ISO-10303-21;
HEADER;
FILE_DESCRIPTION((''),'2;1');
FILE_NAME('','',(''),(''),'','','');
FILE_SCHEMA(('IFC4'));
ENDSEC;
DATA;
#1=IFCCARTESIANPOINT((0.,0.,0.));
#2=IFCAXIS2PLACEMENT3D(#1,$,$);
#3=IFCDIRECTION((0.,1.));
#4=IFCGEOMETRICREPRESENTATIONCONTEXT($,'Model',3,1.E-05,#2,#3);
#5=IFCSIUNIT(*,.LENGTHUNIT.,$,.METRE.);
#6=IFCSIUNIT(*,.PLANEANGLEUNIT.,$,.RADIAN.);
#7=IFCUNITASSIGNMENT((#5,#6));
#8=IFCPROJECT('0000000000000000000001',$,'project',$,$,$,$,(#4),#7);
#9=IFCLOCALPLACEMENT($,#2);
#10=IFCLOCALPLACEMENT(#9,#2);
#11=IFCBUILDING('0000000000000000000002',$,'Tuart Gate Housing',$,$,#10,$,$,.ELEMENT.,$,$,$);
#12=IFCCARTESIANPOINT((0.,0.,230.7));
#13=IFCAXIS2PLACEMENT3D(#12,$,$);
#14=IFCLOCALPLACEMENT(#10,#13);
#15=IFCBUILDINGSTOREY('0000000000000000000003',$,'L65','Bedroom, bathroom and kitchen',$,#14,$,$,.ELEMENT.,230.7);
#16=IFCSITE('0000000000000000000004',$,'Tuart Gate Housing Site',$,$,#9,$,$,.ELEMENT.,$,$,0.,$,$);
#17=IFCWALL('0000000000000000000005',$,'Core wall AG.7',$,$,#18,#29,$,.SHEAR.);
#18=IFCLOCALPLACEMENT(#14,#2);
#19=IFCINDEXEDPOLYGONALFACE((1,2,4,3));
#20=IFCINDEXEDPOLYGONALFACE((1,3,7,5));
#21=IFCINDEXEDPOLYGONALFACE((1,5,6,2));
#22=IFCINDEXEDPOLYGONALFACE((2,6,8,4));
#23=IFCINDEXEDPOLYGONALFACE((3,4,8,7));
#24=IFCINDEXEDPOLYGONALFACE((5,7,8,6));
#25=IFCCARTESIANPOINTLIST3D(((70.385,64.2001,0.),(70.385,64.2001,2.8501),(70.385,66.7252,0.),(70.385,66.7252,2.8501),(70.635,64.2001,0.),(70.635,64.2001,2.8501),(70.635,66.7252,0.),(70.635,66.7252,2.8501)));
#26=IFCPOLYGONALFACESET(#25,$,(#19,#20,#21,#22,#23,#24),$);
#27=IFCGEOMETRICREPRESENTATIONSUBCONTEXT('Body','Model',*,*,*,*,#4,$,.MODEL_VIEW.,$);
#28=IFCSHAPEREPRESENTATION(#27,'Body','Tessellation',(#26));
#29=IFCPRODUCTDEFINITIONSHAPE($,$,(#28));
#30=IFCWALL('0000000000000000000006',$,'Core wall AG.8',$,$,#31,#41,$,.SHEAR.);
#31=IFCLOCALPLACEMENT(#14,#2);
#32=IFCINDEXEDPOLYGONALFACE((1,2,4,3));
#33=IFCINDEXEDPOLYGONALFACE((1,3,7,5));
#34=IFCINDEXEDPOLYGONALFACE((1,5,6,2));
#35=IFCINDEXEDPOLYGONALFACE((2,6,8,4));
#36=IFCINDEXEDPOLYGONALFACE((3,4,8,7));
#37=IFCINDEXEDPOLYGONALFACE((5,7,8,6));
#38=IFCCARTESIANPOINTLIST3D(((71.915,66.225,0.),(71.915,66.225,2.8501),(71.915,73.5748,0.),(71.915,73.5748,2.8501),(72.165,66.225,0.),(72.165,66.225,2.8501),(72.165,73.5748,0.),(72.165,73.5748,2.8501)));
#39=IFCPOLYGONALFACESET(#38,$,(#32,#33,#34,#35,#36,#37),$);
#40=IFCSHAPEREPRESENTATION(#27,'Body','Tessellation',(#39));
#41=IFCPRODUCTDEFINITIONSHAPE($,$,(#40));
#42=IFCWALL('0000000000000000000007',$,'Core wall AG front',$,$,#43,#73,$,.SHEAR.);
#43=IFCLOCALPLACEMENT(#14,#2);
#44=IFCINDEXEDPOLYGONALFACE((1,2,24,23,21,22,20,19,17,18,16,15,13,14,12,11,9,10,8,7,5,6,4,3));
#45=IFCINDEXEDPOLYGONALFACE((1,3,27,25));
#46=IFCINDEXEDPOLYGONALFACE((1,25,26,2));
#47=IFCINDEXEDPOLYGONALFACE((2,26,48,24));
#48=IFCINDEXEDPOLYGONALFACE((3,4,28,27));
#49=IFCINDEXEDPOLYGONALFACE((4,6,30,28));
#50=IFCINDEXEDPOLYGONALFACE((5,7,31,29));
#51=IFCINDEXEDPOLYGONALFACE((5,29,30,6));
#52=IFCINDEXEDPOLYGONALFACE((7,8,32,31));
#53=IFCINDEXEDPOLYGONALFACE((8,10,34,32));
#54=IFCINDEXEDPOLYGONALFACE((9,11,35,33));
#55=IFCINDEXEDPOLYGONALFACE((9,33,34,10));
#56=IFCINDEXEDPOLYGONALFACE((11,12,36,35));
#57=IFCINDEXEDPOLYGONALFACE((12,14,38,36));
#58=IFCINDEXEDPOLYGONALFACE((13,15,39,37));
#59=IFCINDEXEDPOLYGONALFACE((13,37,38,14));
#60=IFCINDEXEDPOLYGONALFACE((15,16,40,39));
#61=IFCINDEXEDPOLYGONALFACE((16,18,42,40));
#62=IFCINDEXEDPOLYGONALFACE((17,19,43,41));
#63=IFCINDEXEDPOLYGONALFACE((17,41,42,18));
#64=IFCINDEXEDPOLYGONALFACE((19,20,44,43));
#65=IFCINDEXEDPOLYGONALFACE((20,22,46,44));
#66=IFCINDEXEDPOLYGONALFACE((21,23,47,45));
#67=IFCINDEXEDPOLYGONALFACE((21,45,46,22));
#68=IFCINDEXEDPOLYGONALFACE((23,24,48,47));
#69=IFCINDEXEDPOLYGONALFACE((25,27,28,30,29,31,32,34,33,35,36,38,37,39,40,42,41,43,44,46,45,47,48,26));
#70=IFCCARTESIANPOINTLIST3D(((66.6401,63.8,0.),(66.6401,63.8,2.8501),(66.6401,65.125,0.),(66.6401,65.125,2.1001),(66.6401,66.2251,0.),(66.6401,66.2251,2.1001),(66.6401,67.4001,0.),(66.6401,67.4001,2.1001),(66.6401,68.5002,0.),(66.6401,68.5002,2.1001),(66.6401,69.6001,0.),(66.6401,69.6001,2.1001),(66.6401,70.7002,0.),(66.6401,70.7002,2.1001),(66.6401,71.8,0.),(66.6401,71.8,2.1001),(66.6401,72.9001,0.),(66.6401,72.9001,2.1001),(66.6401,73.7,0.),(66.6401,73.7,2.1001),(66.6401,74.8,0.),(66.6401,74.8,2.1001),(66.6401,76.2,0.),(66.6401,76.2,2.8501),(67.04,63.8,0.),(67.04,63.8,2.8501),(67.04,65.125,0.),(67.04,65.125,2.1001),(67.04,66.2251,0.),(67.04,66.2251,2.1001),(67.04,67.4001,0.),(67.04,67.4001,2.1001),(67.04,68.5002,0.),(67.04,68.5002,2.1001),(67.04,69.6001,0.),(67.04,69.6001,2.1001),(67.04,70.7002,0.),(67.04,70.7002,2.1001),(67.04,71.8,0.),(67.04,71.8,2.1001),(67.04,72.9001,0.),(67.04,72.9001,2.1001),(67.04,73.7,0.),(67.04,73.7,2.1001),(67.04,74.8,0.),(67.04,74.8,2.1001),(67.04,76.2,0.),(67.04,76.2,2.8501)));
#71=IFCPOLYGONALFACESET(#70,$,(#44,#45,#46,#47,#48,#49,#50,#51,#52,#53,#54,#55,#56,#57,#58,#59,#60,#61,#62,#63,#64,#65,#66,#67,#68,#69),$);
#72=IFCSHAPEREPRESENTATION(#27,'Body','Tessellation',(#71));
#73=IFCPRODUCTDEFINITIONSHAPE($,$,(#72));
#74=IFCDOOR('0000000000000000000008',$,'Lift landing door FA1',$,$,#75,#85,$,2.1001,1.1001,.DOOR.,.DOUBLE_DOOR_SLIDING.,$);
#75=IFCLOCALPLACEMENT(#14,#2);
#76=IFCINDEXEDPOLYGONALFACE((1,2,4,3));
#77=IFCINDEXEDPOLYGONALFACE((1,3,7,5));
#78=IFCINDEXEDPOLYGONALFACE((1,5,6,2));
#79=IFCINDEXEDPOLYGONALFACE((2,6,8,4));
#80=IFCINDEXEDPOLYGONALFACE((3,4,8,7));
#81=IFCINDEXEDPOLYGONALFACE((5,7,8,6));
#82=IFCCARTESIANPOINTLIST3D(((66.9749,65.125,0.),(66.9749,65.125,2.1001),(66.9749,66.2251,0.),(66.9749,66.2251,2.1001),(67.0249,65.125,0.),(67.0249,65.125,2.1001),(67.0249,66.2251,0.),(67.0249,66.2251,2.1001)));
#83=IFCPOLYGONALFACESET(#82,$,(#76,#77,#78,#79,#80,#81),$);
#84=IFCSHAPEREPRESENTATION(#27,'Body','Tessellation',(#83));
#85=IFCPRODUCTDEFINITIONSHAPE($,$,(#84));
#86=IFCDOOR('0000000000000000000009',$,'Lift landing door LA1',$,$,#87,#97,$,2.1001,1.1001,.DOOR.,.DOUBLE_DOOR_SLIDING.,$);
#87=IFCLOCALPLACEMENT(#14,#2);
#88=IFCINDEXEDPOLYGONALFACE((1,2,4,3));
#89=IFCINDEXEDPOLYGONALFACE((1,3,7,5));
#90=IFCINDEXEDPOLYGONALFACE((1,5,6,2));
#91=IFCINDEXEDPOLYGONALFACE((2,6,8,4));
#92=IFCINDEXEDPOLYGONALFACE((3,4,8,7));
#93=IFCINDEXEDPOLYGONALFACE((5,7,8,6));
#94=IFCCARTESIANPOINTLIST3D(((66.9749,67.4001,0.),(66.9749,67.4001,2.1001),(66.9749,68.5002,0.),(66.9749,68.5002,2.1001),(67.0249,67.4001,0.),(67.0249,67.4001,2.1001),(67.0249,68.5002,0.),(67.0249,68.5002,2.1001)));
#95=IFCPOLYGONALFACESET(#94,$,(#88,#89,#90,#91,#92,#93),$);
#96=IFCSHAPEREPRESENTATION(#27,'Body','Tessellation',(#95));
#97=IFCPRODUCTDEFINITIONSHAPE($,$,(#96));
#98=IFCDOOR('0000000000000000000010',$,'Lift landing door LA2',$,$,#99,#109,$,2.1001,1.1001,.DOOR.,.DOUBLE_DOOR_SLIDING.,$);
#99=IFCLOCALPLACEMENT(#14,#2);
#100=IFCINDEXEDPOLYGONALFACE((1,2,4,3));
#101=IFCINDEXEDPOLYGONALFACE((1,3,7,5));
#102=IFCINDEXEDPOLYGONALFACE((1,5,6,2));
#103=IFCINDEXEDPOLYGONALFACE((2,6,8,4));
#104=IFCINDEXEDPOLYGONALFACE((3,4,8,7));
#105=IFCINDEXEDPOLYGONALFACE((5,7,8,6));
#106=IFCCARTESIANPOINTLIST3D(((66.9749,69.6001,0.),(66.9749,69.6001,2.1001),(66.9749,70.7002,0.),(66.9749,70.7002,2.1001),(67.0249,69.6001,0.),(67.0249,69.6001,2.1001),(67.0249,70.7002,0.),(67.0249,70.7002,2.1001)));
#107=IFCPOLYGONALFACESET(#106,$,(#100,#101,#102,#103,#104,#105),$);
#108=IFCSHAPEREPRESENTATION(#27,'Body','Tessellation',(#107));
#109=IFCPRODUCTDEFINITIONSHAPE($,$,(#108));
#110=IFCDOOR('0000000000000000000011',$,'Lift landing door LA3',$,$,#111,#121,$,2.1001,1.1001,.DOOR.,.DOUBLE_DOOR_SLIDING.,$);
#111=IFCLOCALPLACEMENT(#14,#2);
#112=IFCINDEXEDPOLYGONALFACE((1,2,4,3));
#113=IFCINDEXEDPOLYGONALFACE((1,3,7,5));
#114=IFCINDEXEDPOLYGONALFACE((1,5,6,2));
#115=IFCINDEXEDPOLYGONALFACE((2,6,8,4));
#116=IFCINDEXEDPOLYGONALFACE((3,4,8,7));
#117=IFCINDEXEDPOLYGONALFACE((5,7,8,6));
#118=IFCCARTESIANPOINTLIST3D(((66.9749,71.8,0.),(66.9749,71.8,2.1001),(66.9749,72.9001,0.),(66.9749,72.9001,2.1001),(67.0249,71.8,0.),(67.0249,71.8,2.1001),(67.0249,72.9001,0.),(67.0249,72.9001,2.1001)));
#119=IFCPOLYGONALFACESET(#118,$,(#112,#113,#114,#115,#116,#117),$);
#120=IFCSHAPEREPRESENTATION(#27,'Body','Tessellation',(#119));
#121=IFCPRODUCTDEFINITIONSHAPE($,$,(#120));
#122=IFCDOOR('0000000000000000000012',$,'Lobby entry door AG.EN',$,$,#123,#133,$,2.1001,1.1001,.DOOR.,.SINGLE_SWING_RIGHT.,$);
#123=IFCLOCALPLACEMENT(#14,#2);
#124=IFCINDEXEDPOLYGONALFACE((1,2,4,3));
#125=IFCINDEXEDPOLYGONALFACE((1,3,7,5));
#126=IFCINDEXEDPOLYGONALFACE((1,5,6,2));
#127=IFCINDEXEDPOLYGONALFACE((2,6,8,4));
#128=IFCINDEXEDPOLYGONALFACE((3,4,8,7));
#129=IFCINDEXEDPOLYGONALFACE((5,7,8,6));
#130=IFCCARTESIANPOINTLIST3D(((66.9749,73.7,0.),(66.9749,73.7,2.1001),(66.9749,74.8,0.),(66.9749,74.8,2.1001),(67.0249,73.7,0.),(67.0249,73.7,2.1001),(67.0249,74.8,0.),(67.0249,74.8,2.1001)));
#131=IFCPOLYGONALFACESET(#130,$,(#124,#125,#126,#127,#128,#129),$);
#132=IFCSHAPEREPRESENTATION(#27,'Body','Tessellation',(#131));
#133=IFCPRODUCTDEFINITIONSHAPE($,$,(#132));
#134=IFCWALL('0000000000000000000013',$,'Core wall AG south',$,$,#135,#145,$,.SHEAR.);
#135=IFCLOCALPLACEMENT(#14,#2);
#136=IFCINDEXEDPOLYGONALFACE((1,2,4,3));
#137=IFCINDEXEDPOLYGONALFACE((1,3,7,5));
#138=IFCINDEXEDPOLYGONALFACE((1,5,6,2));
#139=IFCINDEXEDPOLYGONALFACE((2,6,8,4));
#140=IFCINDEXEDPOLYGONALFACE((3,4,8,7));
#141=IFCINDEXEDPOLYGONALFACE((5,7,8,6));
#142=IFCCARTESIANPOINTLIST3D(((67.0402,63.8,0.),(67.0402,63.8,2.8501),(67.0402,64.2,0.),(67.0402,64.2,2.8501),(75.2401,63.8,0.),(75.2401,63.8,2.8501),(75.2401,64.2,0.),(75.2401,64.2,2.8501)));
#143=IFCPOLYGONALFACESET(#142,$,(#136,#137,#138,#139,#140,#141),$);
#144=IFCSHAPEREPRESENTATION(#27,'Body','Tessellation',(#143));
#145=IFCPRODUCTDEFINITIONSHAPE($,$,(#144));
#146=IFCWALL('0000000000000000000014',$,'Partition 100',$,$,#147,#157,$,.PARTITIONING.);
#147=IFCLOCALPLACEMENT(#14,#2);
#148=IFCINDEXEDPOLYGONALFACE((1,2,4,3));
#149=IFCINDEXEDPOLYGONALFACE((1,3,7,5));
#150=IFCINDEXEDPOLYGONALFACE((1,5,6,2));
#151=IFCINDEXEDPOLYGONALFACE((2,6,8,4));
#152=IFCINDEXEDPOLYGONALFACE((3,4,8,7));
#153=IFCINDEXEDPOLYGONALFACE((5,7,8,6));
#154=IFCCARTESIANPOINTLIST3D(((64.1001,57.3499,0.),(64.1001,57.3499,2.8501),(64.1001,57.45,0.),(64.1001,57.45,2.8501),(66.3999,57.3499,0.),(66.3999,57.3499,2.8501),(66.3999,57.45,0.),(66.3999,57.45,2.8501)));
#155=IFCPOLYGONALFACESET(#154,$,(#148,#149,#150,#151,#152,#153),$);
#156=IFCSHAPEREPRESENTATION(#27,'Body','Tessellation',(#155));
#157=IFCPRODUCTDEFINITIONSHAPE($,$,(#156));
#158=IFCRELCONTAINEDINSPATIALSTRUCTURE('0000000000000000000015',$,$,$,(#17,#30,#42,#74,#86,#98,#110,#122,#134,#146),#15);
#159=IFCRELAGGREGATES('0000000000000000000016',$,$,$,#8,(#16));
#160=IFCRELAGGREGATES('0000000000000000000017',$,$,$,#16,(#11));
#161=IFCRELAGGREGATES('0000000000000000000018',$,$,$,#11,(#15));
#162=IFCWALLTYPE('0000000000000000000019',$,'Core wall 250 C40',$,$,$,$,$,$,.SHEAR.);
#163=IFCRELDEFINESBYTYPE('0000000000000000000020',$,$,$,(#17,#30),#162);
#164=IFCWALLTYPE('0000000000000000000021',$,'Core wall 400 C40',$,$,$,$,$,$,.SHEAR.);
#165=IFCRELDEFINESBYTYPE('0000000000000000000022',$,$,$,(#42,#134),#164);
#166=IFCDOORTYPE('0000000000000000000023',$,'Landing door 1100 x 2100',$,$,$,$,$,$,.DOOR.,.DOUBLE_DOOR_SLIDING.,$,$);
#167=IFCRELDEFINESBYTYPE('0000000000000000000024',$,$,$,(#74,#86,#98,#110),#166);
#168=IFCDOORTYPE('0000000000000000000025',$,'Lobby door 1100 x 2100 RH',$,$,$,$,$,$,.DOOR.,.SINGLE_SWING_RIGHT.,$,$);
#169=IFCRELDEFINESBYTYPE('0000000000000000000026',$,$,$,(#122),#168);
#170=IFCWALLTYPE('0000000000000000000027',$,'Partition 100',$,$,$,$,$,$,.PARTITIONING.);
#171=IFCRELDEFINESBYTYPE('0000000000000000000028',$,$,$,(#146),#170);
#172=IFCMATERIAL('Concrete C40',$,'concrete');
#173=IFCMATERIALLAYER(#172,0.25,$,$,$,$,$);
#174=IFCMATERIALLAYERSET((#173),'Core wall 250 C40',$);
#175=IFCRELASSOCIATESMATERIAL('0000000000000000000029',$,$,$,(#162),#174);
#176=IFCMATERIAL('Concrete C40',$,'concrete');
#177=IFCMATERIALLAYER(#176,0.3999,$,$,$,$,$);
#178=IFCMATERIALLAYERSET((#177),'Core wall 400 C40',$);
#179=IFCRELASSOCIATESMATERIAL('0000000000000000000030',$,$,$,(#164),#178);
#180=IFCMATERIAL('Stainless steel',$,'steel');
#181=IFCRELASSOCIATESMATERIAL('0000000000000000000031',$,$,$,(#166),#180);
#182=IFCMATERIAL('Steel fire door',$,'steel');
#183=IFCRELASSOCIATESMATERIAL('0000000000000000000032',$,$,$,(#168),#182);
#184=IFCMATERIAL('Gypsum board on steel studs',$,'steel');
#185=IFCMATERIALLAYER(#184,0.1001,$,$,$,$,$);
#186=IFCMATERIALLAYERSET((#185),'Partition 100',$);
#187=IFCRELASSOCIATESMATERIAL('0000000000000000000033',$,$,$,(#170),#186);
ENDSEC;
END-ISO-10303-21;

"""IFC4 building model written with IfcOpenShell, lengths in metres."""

from ifc_helpers import new_model, si_unit, direction, frame, frame_2d, origin, place, context, subcontext, project, spatial, rectangle, extrude, material, layer, layer_set, type_object, element, fill, save


model = new_model("IFC4")

# Units and contexts
model_context = context("Model", 3, precision=1e-05, world=origin(), true_north=direction((0.0, 1.0)))
body_context = subcontext(model_context, "Body", "Model", "MODEL_VIEW")
ifc_project = project(units=[si_unit("LENGTHUNIT", "METRE"), si_unit("PLANEANGLEUNIT", "RADIAN")], contexts=[model_context])

# Site, building, storey
site_placement = place(None, origin())
site = spatial("IfcSite", under=ifc_project, at=site_placement, Name="Tuart Gate Housing Site", CompositionType="ELEMENT", RefElevation=0.0)
building_placement = place(site_placement, origin())
building = spatial("IfcBuilding", under=site, at=building_placement, Name="Tuart Gate Housing", CompositionType="ELEMENT")
storey_placement = place(building_placement, frame((0.0, 0.0, 230.7)))
storey = spatial("IfcBuildingStorey", under=building, at=storey_placement, Name="L65", Description="Bedroom, bathroom and kitchen", CompositionType="ELEMENT", Elevation=230.7)

# Walls
ifc_material_1 = material(Name="Concrete C40", Category="concrete")
ifc_layer_1 = layer(ifc_material_1, 0.25)
ifc_layer_set_1 = layer_set([ifc_layer_1], Name="Core wall 250 C40")
wall_type_1 = type_object("IfcWallType", Name="Core wall 250 C40", PredefinedType="SHEAR", material=ifc_layer_set_1)
wall_1_placement = place(storey_placement, frame((70.51, 64.2, 0.0), z_axis=(0.0, 0.0, 1.0), x_axis=(0.0, 1.0, 0.0)))
element("IfcWall", 1, at=wall_1_placement, inside=storey, type_object=wall_type_1, Name="Core wall AG.7", PredefinedType="SHEAR", context=body_context, shape_type="SweptSolid", body=[
    extrude(rectangle(XDim=2.5251, YDim=0.25, at=frame_2d((1.2627, 0.0))), origin(), (0.0, 0.0, 1.0), 2.8501),
])
wall_2_placement = place(storey_placement, frame((72.04, 66.2251, 0.0), z_axis=(0.0, 0.0, 1.0), x_axis=(0.0, 1.0, 0.0)))
element("IfcWall", 2, at=wall_2_placement, inside=storey, type_object=wall_type_1, Name="Core wall AG.8", PredefinedType="SHEAR", context=body_context, shape_type="SweptSolid", body=[
    extrude(rectangle(XDim=7.3499, YDim=0.25, at=frame_2d((3.6748, 0.0))), origin(), (0.0, 0.0, 1.0), 2.8501),
])

# Wall, openings, doors
ifc_material_2 = material(Name="Concrete C40", Category="concrete")
ifc_layer_2 = layer(ifc_material_2, 0.3999)
ifc_layer_set_2 = layer_set([ifc_layer_2], Name="Core wall 400 C40")
wall_type_2 = type_object("IfcWallType", Name="Core wall 400 C40", PredefinedType="SHEAR", material=ifc_layer_set_2)
wall_3_placement = place(storey_placement, frame((66.8401, 63.8, 0.0), z_axis=(0.0, 0.0, 1.0), x_axis=(0.0, 1.0, 0.0)))
wall_3 = element("IfcWall", 3, at=wall_3_placement, inside=storey, type_object=wall_type_2, Name="Core wall AG front", PredefinedType="SHEAR", context=body_context, shape_type="SweptSolid", body=[
    extrude(rectangle(XDim=12.3999, YDim=0.3999, at=frame_2d((6.2, 0.0))), origin(), (0.0, 0.0, 1.0), 2.8501),
])
opening_1_placement = place(wall_3_placement, frame((1.325, 0.0, 0.0)))
opening_1 = element("IfcOpeningElement", 4, at=opening_1_placement, cuts=wall_3, PredefinedType="OPENING", context=body_context, shape_type="SweptSolid", body=[
    extrude(rectangle(XDim=1.1001, YDim=2.1001, at=frame_2d((0.55, 1.05))), frame((0.0, 0.21, 0.0), z_axis=(0.0, -1.0, 0.0), x_axis=(1.0, 0.0, 0.0)), (0.0, 0.0, 1.0), 0.4199),
])
opening_2_placement = place(wall_3_placement, frame((3.6001, 0.0, 0.0)))
opening_2 = element("IfcOpeningElement", 5, at=opening_2_placement, cuts=wall_3, PredefinedType="OPENING", context=body_context, shape_type="SweptSolid", body=[
    extrude(rectangle(XDim=1.1001, YDim=2.1001, at=frame_2d((0.55, 1.05))), frame((0.0, 0.21, 0.0), z_axis=(0.0, -1.0, 0.0), x_axis=(1.0, 0.0, 0.0)), (0.0, 0.0, 1.0), 0.4199),
])
opening_3_placement = place(wall_3_placement, frame((5.8, 0.0, 0.0)))
opening_3 = element("IfcOpeningElement", 6, at=opening_3_placement, cuts=wall_3, PredefinedType="OPENING", context=body_context, shape_type="SweptSolid", body=[
    extrude(rectangle(XDim=1.1001, YDim=2.1001, at=frame_2d((0.55, 1.05))), frame((0.0, 0.21, 0.0), z_axis=(0.0, -1.0, 0.0), x_axis=(1.0, 0.0, 0.0)), (0.0, 0.0, 1.0), 0.4199),
])
opening_4_placement = place(wall_3_placement, frame((8.0, 0.0, 0.0)))
opening_4 = element("IfcOpeningElement", 7, at=opening_4_placement, cuts=wall_3, PredefinedType="OPENING", context=body_context, shape_type="SweptSolid", body=[
    extrude(rectangle(XDim=1.1001, YDim=2.1001, at=frame_2d((0.55, 1.05))), frame((0.0, 0.21, 0.0), z_axis=(0.0, -1.0, 0.0), x_axis=(1.0, 0.0, 0.0)), (0.0, 0.0, 1.0), 0.4199),
])
opening_5_placement = place(wall_3_placement, frame((9.8999, 0.0, 0.0)))
opening_5 = element("IfcOpeningElement", 8, at=opening_5_placement, cuts=wall_3, PredefinedType="OPENING", context=body_context, shape_type="SweptSolid", body=[
    extrude(rectangle(XDim=1.1001, YDim=2.1001, at=frame_2d((0.55, 1.05))), frame((0.0, 0.21, 0.0), z_axis=(0.0, -1.0, 0.0), x_axis=(1.0, 0.0, 0.0)), (0.0, 0.0, 1.0), 0.4199),
])
ifc_material_3 = material(Name="Stainless steel", Category="steel")
door_type_1 = type_object("IfcDoorType", Name="Landing door 1100 x 2100", OperationType="DOUBLE_DOOR_SLIDING", PredefinedType="DOOR", material=ifc_material_3)
door_1_placement = place(opening_1_placement, origin())
door_1 = element("IfcDoor", 9, at=door_1_placement, inside=storey, type_object=door_type_1, Name="Lift landing door FA1", OperationType="DOUBLE_DOOR_SLIDING", OverallHeight=2.1001, OverallWidth=1.1001, PredefinedType="DOOR", context=body_context, shape_type="SweptSolid", body=[
    extrude(rectangle(XDim=1.1001, YDim=2.1001, at=frame_2d((0.55, 1.05))), frame((0.0, -0.1348, 0.0), z_axis=(0.0, -1.0, 0.0), x_axis=(1.0, 0.0, 0.0)), (0.0, 0.0, 1.0), 0.05),
])
fill(opening_1, door_1)
door_2_placement = place(opening_2_placement, origin())
door_2 = element("IfcDoor", 10, at=door_2_placement, inside=storey, type_object=door_type_1, Name="Lift landing door LA1", OperationType="DOUBLE_DOOR_SLIDING", OverallHeight=2.1001, OverallWidth=1.1001, PredefinedType="DOOR", context=body_context, shape_type="SweptSolid", body=[
    extrude(rectangle(XDim=1.1001, YDim=2.1001, at=frame_2d((0.55, 1.05))), frame((0.0, -0.1348, 0.0), z_axis=(0.0, -1.0, 0.0), x_axis=(1.0, 0.0, 0.0)), (0.0, 0.0, 1.0), 0.05),
])
fill(opening_2, door_2)
door_3_placement = place(opening_3_placement, origin())
door_3 = element("IfcDoor", 11, at=door_3_placement, inside=storey, type_object=door_type_1, Name="Lift landing door LA2", OperationType="DOUBLE_DOOR_SLIDING", OverallHeight=2.1001, OverallWidth=1.1001, PredefinedType="DOOR", context=body_context, shape_type="SweptSolid", body=[
    extrude(rectangle(XDim=1.1001, YDim=2.1001, at=frame_2d((0.55, 1.05))), frame((0.0, -0.1348, 0.0), z_axis=(0.0, -1.0, 0.0), x_axis=(1.0, 0.0, 0.0)), (0.0, 0.0, 1.0), 0.05),
])
fill(opening_3, door_3)
door_4_placement = place(opening_4_placement, origin())
door_4 = element("IfcDoor", 12, at=door_4_placement, inside=storey, type_object=door_type_1, Name="Lift landing door LA3", OperationType="DOUBLE_DOOR_SLIDING", OverallHeight=2.1001, OverallWidth=1.1001, PredefinedType="DOOR", context=body_context, shape_type="SweptSolid", body=[
    extrude(rectangle(XDim=1.1001, YDim=2.1001, at=frame_2d((0.55, 1.05))), frame((0.0, -0.1348, 0.0), z_axis=(0.0, -1.0, 0.0), x_axis=(1.0, 0.0, 0.0)), (0.0, 0.0, 1.0), 0.05),
])
fill(opening_4, door_4)
ifc_material_4 = material(Name="Steel fire door", Category="steel")
door_type_2 = type_object("IfcDoorType", Name="Lobby door 1100 x 2100 RH", OperationType="SINGLE_SWING_RIGHT", PredefinedType="DOOR", material=ifc_material_4)
door_5_placement = place(opening_5_placement, frame((1.1001, 0.0, 0.0), z_axis=(0.0, 0.0, 1.0), x_axis=(-1.0, 0.0, 0.0)))
door_5 = element("IfcDoor", 13, at=door_5_placement, inside=storey, type_object=door_type_2, Name="Lobby entry door AG.EN", OperationType="SINGLE_SWING_RIGHT", OverallHeight=2.1001, OverallWidth=1.1001, PredefinedType="DOOR", context=body_context, shape_type="SweptSolid", body=[
    extrude(rectangle(XDim=1.1001, YDim=2.1001, at=frame_2d((0.55, 1.05))), frame((0.0, 0.1848, 0.0), z_axis=(0.0, -1.0, 0.0), x_axis=(1.0, 0.0, 0.0)), (0.0, 0.0, 1.0), 0.05),
])
fill(opening_5, door_5)

# Walls
wall_4_placement = place(storey_placement, frame((67.04, 64.0, 0.0), z_axis=(0.0, 0.0, 1.0), x_axis=(1.0, 0.0, 0.0)))
element("IfcWall", 14, at=wall_4_placement, inside=storey, type_object=wall_type_2, Name="Core wall AG south", PredefinedType="SHEAR", context=body_context, shape_type="SweptSolid", body=[
    extrude(rectangle(XDim=8.2, YDim=0.3999, at=frame_2d((4.1001, 0.0))), origin(), (0.0, 0.0, 1.0), 2.8501),
])
ifc_material_5 = material(Name="Gypsum board on steel studs", Category="steel")
ifc_layer_3 = layer(ifc_material_5, 0.1001)
ifc_layer_set_3 = layer_set([ifc_layer_3], Name="Partition 100")
wall_type_3 = type_object("IfcWallType", Name="Partition 100", PredefinedType="PARTITIONING", material=ifc_layer_set_3)
wall_5_placement = place(storey_placement, frame((64.1001, 57.3999, 0.0), z_axis=(0.0, 0.0, 1.0), x_axis=(1.0, 0.0, 0.0)))
element("IfcWall", 15, at=wall_5_placement, inside=storey, type_object=wall_type_3, Name="Partition 100", PredefinedType="PARTITIONING", context=body_context, shape_type="SweptSolid", body=[
    extrude(rectangle(XDim=2.2998, YDim=0.1001, at=frame_2d((1.1499, 0.0))), origin(), (0.0, 0.0, 1.0), 2.8501),
])

save(model, "model.ifc")
